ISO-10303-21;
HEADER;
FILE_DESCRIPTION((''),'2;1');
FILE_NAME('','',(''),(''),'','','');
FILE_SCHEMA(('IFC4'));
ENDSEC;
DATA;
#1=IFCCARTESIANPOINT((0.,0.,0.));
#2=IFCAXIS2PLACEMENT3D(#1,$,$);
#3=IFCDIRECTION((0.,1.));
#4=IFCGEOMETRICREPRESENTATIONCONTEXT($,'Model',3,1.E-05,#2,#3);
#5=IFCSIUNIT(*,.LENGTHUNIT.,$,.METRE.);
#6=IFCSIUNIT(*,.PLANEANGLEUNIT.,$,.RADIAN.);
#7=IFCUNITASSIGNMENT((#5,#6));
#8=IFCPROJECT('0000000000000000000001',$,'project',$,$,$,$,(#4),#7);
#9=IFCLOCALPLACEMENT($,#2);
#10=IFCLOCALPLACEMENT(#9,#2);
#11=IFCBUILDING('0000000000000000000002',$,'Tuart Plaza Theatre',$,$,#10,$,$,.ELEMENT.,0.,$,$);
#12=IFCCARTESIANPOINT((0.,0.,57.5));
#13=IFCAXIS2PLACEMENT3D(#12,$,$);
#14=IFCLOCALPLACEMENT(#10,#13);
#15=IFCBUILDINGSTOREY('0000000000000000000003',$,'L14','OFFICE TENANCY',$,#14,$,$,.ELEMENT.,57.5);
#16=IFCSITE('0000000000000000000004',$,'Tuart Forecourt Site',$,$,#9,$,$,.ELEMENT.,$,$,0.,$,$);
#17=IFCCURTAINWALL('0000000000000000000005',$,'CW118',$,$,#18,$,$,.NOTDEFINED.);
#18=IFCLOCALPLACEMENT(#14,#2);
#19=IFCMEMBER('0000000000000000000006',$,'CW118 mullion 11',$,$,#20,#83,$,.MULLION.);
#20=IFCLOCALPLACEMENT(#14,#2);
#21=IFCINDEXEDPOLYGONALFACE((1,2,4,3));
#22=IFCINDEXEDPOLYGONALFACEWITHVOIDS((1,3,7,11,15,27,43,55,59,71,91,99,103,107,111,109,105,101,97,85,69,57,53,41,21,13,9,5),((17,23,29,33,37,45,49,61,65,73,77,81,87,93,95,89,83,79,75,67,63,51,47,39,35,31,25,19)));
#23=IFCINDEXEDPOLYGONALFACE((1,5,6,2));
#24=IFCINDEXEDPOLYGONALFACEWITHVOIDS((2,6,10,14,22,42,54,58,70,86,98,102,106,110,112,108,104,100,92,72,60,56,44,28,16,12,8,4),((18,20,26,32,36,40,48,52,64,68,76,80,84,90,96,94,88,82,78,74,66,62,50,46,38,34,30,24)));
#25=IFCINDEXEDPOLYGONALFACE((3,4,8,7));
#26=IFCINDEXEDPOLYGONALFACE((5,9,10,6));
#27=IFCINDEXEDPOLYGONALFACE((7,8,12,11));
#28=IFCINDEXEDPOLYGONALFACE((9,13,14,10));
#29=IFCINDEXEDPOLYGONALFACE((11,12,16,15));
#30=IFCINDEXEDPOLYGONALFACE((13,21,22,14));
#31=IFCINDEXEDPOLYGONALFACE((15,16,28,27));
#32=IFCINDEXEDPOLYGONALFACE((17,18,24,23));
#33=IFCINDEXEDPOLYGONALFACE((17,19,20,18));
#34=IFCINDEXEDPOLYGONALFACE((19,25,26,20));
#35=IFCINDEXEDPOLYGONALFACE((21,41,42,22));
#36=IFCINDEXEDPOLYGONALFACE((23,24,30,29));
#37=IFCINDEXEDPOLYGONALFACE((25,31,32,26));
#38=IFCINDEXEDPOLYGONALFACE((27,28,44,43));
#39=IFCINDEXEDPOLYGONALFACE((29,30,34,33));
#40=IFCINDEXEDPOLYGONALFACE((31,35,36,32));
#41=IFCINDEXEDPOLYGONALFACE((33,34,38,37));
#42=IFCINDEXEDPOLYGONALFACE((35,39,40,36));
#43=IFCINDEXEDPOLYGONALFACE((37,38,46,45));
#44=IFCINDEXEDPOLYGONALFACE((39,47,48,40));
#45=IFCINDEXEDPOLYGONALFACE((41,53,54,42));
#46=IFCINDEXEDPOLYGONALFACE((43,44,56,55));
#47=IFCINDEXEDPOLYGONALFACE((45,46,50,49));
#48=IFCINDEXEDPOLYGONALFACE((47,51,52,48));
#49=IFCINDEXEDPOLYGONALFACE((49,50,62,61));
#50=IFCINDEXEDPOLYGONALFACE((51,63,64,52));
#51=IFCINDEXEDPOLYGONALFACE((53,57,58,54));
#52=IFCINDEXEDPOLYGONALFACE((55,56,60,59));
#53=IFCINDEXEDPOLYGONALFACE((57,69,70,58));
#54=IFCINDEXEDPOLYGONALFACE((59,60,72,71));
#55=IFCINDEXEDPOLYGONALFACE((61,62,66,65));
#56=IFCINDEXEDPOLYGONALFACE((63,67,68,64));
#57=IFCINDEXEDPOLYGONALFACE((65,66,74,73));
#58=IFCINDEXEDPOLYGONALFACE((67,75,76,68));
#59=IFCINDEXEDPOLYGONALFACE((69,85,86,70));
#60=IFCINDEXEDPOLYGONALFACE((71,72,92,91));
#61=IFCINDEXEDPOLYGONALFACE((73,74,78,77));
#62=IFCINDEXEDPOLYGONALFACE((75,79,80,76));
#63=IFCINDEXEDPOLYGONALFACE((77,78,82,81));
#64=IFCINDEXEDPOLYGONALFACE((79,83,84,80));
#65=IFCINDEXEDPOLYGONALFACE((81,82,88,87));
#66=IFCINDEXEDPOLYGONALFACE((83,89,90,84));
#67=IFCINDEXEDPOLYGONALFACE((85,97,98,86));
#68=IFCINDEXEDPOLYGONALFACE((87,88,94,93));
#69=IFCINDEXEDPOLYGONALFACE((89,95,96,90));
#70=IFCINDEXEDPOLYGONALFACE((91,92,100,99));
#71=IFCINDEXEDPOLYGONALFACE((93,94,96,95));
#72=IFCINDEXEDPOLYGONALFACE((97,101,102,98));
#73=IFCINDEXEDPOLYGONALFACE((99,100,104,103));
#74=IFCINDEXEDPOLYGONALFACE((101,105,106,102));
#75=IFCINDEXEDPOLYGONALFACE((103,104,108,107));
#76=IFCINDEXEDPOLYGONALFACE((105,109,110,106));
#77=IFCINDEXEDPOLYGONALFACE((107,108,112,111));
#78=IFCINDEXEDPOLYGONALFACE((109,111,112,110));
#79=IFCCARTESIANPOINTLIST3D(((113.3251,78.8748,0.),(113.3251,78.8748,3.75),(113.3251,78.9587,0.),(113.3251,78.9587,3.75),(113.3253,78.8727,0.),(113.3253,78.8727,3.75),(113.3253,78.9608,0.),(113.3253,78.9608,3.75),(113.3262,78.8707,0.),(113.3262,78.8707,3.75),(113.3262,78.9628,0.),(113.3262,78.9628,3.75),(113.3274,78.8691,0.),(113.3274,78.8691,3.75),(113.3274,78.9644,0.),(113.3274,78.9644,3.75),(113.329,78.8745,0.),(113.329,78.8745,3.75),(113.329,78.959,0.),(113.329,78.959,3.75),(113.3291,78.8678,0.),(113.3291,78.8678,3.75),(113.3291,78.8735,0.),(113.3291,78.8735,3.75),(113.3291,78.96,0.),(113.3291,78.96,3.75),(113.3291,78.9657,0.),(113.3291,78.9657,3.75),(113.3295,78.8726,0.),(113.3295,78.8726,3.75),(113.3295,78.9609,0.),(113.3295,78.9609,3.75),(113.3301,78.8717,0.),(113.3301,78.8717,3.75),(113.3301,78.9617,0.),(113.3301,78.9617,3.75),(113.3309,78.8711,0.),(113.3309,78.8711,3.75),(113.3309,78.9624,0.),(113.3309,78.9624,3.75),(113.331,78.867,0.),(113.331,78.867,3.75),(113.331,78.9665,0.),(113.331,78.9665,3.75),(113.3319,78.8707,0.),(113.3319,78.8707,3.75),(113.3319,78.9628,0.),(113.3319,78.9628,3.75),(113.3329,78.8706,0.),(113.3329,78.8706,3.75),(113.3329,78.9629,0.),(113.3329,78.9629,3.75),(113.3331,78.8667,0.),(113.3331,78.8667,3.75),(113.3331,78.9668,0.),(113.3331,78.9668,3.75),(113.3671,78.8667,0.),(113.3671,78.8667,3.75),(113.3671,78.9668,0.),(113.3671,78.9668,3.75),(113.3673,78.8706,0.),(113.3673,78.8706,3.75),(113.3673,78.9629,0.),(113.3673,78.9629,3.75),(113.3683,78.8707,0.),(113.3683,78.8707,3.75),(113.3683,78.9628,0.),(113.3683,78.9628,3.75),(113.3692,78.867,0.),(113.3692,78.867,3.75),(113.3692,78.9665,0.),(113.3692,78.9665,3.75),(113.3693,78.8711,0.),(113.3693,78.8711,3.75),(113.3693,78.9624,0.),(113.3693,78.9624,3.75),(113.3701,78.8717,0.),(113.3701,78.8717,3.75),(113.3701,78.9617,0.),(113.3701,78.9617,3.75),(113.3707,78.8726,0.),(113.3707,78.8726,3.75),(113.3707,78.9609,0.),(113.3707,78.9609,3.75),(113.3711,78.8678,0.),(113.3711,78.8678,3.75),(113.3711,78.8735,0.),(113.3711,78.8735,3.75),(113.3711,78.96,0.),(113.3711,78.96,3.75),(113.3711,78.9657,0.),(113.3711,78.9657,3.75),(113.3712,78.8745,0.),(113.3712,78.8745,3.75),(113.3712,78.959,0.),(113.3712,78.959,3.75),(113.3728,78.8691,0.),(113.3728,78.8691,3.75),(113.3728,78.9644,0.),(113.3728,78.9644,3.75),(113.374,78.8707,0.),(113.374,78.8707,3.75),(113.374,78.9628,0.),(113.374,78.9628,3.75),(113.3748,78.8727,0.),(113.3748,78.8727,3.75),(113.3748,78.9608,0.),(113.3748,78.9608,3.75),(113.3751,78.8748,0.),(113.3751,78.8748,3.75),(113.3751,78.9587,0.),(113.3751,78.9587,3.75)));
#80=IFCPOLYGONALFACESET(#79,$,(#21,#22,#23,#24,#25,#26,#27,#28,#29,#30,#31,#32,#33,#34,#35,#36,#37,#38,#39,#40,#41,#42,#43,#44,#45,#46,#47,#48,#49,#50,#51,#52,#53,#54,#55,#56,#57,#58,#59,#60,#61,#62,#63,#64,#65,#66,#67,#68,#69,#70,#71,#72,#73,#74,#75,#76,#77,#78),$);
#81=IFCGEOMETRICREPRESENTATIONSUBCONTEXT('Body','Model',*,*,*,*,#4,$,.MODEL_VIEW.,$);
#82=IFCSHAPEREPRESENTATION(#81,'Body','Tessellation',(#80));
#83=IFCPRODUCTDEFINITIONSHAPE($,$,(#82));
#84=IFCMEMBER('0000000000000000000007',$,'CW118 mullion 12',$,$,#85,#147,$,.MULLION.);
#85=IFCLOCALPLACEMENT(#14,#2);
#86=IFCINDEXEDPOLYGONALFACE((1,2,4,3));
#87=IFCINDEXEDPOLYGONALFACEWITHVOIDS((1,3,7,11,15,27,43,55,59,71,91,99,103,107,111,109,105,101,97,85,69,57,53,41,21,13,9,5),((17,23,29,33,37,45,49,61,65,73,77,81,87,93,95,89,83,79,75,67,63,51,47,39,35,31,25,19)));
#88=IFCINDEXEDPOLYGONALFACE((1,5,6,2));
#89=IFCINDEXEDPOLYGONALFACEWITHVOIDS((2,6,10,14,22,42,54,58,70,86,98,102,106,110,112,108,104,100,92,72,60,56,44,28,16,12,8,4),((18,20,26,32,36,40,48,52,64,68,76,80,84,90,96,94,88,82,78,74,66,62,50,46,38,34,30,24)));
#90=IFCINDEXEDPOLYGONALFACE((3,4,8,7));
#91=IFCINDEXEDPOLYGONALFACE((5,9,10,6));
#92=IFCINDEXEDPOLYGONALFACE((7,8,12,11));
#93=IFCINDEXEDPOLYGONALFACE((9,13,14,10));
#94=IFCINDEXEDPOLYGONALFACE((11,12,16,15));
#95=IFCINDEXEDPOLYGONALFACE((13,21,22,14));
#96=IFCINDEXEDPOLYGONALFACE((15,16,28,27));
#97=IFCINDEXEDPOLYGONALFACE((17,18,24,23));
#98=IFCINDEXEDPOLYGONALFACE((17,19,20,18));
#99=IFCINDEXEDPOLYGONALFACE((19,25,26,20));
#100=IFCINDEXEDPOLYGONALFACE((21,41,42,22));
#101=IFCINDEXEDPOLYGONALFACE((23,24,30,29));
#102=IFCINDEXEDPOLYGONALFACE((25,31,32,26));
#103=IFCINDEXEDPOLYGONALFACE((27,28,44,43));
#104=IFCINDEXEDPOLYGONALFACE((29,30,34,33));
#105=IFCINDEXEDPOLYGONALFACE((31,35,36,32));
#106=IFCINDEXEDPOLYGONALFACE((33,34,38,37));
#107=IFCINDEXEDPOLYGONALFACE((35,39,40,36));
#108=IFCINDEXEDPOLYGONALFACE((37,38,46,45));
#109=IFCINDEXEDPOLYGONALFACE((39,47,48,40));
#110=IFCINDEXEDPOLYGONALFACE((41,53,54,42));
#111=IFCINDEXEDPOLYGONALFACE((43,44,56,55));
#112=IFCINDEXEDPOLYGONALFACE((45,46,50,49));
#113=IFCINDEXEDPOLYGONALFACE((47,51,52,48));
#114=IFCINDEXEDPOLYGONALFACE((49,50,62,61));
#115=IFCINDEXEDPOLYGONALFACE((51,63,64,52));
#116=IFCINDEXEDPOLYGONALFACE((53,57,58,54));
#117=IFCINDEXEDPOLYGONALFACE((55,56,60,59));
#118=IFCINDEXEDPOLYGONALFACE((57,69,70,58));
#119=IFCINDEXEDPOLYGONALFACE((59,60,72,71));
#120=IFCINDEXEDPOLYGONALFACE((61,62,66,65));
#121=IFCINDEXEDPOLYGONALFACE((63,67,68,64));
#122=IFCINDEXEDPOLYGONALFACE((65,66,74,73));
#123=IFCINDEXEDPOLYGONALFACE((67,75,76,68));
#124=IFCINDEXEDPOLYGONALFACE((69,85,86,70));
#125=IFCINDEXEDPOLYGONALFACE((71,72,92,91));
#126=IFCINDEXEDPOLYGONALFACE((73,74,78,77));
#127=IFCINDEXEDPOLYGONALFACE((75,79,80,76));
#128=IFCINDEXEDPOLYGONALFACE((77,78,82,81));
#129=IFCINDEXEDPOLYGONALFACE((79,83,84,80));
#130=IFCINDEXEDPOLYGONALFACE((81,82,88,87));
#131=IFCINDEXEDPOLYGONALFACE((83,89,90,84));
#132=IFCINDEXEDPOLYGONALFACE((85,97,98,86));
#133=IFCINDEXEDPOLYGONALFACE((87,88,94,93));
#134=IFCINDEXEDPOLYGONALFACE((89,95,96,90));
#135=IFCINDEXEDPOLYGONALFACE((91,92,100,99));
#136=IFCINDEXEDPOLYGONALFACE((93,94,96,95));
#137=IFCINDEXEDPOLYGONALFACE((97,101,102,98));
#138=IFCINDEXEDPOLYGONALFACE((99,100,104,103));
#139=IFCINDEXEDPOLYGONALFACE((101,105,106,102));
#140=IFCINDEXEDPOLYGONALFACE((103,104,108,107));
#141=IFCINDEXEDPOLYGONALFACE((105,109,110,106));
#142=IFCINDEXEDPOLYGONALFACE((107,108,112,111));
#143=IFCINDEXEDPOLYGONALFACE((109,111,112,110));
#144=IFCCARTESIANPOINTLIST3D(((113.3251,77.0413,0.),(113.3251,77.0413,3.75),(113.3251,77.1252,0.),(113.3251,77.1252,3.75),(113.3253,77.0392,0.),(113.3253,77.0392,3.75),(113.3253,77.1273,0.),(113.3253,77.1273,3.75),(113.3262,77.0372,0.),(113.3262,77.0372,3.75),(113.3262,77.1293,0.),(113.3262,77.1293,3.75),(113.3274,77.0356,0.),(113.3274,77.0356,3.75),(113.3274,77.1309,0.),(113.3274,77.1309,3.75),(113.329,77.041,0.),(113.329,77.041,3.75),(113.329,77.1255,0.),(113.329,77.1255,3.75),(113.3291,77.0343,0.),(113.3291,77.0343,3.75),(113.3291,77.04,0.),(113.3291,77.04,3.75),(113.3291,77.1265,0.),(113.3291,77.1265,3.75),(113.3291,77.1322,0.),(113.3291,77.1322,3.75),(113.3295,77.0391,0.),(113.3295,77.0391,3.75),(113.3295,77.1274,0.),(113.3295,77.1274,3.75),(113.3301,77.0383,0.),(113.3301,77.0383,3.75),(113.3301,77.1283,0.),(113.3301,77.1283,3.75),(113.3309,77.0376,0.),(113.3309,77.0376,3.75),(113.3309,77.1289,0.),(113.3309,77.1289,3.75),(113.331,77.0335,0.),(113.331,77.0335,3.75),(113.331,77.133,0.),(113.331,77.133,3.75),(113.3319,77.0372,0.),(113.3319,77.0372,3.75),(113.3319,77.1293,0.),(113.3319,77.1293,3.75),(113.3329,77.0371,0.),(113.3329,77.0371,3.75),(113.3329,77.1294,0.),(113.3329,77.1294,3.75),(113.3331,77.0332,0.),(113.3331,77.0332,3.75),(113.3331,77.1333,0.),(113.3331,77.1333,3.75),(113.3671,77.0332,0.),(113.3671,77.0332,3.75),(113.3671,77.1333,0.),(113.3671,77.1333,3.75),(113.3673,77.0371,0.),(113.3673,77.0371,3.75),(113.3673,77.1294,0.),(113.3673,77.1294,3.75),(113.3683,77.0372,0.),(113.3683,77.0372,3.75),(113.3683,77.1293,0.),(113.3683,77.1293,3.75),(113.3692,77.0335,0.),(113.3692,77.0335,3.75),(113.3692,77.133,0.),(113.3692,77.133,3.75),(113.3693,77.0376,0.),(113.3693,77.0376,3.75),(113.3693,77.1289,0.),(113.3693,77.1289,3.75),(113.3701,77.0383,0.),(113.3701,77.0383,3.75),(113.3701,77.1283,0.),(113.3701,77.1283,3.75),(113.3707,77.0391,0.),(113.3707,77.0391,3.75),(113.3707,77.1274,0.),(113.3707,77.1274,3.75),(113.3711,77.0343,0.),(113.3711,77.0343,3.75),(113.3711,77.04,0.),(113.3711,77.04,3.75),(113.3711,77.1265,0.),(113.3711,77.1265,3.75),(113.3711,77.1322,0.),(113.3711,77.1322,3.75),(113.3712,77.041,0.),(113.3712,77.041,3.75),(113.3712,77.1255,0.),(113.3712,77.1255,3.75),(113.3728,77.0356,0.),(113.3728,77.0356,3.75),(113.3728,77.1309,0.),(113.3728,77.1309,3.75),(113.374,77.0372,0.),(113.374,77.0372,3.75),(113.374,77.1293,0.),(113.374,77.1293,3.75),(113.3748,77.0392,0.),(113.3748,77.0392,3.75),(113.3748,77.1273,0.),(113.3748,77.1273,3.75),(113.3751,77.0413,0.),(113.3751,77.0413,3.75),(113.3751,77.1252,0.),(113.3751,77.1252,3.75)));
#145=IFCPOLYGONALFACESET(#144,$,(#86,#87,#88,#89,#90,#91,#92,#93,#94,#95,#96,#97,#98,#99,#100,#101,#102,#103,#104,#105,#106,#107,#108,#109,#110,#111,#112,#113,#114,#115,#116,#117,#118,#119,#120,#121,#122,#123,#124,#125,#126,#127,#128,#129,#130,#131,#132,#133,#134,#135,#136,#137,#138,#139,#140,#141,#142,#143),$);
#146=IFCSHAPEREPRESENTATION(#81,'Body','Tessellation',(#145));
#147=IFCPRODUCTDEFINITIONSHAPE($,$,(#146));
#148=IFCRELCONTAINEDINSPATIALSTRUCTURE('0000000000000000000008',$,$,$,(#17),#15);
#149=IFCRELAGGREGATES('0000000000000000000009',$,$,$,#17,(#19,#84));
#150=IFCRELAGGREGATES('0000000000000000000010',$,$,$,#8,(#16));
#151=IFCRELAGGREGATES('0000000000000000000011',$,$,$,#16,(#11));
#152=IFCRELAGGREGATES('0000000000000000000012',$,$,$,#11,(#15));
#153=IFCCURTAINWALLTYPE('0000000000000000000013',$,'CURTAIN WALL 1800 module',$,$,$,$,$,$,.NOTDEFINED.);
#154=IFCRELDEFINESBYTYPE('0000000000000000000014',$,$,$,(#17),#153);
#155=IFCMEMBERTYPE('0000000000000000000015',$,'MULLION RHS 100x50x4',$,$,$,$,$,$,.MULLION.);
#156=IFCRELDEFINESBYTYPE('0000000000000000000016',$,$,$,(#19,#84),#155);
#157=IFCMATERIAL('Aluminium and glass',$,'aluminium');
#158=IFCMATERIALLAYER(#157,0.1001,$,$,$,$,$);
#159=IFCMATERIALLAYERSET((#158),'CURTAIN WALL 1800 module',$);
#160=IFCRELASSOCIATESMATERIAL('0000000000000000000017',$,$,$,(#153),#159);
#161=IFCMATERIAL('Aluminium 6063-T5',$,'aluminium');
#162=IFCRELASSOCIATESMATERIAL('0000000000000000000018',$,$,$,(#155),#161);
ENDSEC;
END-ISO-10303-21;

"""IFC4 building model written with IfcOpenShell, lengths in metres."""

from ifc_helpers import new_model, si_unit, direction, frame, origin, origin_2d, place, context, subcontext, project, spatial, hollow_rectangle, extrude, material, layer, layer_set, material_profile, profile_set, type_object, element, aggregate, save


model = new_model("IFC4")

# Units and contexts
model_context = context("Model", 3, precision=1e-05, world=origin(), true_north=direction((0.0, 1.0)))
body_context = subcontext(model_context, "Body", "Model", "MODEL_VIEW")
ifc_project = project(units=[si_unit("LENGTHUNIT", "METRE"), si_unit("PLANEANGLEUNIT", "RADIAN")], contexts=[model_context])

# Site, building, storey
site_placement = place(None, origin())
site = spatial("IfcSite", under=ifc_project, at=site_placement, Name="Tuart Forecourt Site", CompositionType="ELEMENT", RefElevation=0.0)
building_placement = place(site_placement, origin())
building = spatial("IfcBuilding", under=site, at=building_placement, Name="Tuart Plaza Theatre", CompositionType="ELEMENT", ElevationOfRefHeight=0.0)
storey_placement = place(building_placement, frame((0.0, 0.0, 57.5)))
storey = spatial("IfcBuildingStorey", under=building, at=storey_placement, Name="L14", Description="OFFICE TENANCY", CompositionType="ELEMENT", Elevation=57.5)

# Curtain wall, members
ifc_material_1 = material(Name="Aluminium and glass", Category="aluminium")
ifc_layer_1 = layer(ifc_material_1, 0.1001)
ifc_layer_set_1 = layer_set([ifc_layer_1], Name="CURTAIN WALL 1800 module")
curtain_wall_type = type_object("IfcCurtainWallType", Name="CURTAIN WALL 1800 module", PredefinedType="NOTDEFINED", material=ifc_layer_set_1)
curtain_wall_placement = place(storey_placement, origin())
curtain_wall = element("IfcCurtainWall", 1, at=curtain_wall_placement, inside=storey, type_object=curtain_wall_type, Name="CW118", PredefinedType="NOTDEFINED")
ifc_material_2 = material(Name="Aluminium 6063-T5", Category="aluminium")
ifc_material_profile = material_profile(ifc_material_2, hollow_rectangle(XDim=0.05, YDim=0.1001, WallThickness=0.0039, InnerFilletRadius=0.0039, OuterFilletRadius=0.0081, at=origin_2d()), Name="RHS 100x50x4")
ifc_profile_set = profile_set([ifc_material_profile], Name="Aluminium 6063-T5")
member_type = type_object("IfcMemberType", Name="MULLION RHS 100x50x4", PredefinedType="MULLION", material=ifc_profile_set)
member_1_placement = place(storey_placement, frame((113.3501, 78.9167, 0.0), z_axis=(0.0, 0.0, 1.0), x_axis=(1.0, 0.0, 0.0)))
member_1 = element("IfcMember", 2, at=member_1_placement, type_object=member_type, Name="CW118 mullion 11", PredefinedType="MULLION", context=body_context, shape_type="SweptSolid", body=[
    extrude(hollow_rectangle(XDim=0.05, YDim=0.1001, WallThickness=0.0039, InnerFilletRadius=0.0039, OuterFilletRadius=0.0081, at=origin_2d()), origin(), (0.0, 0.0, 1.0), 3.75),
])
member_2_placement = place(storey_placement, frame((113.3501, 77.0833, 0.0), z_axis=(0.0, 0.0, 1.0), x_axis=(1.0, 0.0, 0.0)))
member_2 = element("IfcMember", 3, at=member_2_placement, type_object=member_type, Name="CW118 mullion 12", PredefinedType="MULLION", context=body_context, shape_type="SweptSolid", body=[
    extrude(hollow_rectangle(XDim=0.05, YDim=0.1001, WallThickness=0.0039, InnerFilletRadius=0.0039, OuterFilletRadius=0.0081, at=origin_2d()), origin(), (0.0, 0.0, 1.0), 3.75),
])
aggregate(curtain_wall, [member_1, member_2])

save(model, "model.ifc")
